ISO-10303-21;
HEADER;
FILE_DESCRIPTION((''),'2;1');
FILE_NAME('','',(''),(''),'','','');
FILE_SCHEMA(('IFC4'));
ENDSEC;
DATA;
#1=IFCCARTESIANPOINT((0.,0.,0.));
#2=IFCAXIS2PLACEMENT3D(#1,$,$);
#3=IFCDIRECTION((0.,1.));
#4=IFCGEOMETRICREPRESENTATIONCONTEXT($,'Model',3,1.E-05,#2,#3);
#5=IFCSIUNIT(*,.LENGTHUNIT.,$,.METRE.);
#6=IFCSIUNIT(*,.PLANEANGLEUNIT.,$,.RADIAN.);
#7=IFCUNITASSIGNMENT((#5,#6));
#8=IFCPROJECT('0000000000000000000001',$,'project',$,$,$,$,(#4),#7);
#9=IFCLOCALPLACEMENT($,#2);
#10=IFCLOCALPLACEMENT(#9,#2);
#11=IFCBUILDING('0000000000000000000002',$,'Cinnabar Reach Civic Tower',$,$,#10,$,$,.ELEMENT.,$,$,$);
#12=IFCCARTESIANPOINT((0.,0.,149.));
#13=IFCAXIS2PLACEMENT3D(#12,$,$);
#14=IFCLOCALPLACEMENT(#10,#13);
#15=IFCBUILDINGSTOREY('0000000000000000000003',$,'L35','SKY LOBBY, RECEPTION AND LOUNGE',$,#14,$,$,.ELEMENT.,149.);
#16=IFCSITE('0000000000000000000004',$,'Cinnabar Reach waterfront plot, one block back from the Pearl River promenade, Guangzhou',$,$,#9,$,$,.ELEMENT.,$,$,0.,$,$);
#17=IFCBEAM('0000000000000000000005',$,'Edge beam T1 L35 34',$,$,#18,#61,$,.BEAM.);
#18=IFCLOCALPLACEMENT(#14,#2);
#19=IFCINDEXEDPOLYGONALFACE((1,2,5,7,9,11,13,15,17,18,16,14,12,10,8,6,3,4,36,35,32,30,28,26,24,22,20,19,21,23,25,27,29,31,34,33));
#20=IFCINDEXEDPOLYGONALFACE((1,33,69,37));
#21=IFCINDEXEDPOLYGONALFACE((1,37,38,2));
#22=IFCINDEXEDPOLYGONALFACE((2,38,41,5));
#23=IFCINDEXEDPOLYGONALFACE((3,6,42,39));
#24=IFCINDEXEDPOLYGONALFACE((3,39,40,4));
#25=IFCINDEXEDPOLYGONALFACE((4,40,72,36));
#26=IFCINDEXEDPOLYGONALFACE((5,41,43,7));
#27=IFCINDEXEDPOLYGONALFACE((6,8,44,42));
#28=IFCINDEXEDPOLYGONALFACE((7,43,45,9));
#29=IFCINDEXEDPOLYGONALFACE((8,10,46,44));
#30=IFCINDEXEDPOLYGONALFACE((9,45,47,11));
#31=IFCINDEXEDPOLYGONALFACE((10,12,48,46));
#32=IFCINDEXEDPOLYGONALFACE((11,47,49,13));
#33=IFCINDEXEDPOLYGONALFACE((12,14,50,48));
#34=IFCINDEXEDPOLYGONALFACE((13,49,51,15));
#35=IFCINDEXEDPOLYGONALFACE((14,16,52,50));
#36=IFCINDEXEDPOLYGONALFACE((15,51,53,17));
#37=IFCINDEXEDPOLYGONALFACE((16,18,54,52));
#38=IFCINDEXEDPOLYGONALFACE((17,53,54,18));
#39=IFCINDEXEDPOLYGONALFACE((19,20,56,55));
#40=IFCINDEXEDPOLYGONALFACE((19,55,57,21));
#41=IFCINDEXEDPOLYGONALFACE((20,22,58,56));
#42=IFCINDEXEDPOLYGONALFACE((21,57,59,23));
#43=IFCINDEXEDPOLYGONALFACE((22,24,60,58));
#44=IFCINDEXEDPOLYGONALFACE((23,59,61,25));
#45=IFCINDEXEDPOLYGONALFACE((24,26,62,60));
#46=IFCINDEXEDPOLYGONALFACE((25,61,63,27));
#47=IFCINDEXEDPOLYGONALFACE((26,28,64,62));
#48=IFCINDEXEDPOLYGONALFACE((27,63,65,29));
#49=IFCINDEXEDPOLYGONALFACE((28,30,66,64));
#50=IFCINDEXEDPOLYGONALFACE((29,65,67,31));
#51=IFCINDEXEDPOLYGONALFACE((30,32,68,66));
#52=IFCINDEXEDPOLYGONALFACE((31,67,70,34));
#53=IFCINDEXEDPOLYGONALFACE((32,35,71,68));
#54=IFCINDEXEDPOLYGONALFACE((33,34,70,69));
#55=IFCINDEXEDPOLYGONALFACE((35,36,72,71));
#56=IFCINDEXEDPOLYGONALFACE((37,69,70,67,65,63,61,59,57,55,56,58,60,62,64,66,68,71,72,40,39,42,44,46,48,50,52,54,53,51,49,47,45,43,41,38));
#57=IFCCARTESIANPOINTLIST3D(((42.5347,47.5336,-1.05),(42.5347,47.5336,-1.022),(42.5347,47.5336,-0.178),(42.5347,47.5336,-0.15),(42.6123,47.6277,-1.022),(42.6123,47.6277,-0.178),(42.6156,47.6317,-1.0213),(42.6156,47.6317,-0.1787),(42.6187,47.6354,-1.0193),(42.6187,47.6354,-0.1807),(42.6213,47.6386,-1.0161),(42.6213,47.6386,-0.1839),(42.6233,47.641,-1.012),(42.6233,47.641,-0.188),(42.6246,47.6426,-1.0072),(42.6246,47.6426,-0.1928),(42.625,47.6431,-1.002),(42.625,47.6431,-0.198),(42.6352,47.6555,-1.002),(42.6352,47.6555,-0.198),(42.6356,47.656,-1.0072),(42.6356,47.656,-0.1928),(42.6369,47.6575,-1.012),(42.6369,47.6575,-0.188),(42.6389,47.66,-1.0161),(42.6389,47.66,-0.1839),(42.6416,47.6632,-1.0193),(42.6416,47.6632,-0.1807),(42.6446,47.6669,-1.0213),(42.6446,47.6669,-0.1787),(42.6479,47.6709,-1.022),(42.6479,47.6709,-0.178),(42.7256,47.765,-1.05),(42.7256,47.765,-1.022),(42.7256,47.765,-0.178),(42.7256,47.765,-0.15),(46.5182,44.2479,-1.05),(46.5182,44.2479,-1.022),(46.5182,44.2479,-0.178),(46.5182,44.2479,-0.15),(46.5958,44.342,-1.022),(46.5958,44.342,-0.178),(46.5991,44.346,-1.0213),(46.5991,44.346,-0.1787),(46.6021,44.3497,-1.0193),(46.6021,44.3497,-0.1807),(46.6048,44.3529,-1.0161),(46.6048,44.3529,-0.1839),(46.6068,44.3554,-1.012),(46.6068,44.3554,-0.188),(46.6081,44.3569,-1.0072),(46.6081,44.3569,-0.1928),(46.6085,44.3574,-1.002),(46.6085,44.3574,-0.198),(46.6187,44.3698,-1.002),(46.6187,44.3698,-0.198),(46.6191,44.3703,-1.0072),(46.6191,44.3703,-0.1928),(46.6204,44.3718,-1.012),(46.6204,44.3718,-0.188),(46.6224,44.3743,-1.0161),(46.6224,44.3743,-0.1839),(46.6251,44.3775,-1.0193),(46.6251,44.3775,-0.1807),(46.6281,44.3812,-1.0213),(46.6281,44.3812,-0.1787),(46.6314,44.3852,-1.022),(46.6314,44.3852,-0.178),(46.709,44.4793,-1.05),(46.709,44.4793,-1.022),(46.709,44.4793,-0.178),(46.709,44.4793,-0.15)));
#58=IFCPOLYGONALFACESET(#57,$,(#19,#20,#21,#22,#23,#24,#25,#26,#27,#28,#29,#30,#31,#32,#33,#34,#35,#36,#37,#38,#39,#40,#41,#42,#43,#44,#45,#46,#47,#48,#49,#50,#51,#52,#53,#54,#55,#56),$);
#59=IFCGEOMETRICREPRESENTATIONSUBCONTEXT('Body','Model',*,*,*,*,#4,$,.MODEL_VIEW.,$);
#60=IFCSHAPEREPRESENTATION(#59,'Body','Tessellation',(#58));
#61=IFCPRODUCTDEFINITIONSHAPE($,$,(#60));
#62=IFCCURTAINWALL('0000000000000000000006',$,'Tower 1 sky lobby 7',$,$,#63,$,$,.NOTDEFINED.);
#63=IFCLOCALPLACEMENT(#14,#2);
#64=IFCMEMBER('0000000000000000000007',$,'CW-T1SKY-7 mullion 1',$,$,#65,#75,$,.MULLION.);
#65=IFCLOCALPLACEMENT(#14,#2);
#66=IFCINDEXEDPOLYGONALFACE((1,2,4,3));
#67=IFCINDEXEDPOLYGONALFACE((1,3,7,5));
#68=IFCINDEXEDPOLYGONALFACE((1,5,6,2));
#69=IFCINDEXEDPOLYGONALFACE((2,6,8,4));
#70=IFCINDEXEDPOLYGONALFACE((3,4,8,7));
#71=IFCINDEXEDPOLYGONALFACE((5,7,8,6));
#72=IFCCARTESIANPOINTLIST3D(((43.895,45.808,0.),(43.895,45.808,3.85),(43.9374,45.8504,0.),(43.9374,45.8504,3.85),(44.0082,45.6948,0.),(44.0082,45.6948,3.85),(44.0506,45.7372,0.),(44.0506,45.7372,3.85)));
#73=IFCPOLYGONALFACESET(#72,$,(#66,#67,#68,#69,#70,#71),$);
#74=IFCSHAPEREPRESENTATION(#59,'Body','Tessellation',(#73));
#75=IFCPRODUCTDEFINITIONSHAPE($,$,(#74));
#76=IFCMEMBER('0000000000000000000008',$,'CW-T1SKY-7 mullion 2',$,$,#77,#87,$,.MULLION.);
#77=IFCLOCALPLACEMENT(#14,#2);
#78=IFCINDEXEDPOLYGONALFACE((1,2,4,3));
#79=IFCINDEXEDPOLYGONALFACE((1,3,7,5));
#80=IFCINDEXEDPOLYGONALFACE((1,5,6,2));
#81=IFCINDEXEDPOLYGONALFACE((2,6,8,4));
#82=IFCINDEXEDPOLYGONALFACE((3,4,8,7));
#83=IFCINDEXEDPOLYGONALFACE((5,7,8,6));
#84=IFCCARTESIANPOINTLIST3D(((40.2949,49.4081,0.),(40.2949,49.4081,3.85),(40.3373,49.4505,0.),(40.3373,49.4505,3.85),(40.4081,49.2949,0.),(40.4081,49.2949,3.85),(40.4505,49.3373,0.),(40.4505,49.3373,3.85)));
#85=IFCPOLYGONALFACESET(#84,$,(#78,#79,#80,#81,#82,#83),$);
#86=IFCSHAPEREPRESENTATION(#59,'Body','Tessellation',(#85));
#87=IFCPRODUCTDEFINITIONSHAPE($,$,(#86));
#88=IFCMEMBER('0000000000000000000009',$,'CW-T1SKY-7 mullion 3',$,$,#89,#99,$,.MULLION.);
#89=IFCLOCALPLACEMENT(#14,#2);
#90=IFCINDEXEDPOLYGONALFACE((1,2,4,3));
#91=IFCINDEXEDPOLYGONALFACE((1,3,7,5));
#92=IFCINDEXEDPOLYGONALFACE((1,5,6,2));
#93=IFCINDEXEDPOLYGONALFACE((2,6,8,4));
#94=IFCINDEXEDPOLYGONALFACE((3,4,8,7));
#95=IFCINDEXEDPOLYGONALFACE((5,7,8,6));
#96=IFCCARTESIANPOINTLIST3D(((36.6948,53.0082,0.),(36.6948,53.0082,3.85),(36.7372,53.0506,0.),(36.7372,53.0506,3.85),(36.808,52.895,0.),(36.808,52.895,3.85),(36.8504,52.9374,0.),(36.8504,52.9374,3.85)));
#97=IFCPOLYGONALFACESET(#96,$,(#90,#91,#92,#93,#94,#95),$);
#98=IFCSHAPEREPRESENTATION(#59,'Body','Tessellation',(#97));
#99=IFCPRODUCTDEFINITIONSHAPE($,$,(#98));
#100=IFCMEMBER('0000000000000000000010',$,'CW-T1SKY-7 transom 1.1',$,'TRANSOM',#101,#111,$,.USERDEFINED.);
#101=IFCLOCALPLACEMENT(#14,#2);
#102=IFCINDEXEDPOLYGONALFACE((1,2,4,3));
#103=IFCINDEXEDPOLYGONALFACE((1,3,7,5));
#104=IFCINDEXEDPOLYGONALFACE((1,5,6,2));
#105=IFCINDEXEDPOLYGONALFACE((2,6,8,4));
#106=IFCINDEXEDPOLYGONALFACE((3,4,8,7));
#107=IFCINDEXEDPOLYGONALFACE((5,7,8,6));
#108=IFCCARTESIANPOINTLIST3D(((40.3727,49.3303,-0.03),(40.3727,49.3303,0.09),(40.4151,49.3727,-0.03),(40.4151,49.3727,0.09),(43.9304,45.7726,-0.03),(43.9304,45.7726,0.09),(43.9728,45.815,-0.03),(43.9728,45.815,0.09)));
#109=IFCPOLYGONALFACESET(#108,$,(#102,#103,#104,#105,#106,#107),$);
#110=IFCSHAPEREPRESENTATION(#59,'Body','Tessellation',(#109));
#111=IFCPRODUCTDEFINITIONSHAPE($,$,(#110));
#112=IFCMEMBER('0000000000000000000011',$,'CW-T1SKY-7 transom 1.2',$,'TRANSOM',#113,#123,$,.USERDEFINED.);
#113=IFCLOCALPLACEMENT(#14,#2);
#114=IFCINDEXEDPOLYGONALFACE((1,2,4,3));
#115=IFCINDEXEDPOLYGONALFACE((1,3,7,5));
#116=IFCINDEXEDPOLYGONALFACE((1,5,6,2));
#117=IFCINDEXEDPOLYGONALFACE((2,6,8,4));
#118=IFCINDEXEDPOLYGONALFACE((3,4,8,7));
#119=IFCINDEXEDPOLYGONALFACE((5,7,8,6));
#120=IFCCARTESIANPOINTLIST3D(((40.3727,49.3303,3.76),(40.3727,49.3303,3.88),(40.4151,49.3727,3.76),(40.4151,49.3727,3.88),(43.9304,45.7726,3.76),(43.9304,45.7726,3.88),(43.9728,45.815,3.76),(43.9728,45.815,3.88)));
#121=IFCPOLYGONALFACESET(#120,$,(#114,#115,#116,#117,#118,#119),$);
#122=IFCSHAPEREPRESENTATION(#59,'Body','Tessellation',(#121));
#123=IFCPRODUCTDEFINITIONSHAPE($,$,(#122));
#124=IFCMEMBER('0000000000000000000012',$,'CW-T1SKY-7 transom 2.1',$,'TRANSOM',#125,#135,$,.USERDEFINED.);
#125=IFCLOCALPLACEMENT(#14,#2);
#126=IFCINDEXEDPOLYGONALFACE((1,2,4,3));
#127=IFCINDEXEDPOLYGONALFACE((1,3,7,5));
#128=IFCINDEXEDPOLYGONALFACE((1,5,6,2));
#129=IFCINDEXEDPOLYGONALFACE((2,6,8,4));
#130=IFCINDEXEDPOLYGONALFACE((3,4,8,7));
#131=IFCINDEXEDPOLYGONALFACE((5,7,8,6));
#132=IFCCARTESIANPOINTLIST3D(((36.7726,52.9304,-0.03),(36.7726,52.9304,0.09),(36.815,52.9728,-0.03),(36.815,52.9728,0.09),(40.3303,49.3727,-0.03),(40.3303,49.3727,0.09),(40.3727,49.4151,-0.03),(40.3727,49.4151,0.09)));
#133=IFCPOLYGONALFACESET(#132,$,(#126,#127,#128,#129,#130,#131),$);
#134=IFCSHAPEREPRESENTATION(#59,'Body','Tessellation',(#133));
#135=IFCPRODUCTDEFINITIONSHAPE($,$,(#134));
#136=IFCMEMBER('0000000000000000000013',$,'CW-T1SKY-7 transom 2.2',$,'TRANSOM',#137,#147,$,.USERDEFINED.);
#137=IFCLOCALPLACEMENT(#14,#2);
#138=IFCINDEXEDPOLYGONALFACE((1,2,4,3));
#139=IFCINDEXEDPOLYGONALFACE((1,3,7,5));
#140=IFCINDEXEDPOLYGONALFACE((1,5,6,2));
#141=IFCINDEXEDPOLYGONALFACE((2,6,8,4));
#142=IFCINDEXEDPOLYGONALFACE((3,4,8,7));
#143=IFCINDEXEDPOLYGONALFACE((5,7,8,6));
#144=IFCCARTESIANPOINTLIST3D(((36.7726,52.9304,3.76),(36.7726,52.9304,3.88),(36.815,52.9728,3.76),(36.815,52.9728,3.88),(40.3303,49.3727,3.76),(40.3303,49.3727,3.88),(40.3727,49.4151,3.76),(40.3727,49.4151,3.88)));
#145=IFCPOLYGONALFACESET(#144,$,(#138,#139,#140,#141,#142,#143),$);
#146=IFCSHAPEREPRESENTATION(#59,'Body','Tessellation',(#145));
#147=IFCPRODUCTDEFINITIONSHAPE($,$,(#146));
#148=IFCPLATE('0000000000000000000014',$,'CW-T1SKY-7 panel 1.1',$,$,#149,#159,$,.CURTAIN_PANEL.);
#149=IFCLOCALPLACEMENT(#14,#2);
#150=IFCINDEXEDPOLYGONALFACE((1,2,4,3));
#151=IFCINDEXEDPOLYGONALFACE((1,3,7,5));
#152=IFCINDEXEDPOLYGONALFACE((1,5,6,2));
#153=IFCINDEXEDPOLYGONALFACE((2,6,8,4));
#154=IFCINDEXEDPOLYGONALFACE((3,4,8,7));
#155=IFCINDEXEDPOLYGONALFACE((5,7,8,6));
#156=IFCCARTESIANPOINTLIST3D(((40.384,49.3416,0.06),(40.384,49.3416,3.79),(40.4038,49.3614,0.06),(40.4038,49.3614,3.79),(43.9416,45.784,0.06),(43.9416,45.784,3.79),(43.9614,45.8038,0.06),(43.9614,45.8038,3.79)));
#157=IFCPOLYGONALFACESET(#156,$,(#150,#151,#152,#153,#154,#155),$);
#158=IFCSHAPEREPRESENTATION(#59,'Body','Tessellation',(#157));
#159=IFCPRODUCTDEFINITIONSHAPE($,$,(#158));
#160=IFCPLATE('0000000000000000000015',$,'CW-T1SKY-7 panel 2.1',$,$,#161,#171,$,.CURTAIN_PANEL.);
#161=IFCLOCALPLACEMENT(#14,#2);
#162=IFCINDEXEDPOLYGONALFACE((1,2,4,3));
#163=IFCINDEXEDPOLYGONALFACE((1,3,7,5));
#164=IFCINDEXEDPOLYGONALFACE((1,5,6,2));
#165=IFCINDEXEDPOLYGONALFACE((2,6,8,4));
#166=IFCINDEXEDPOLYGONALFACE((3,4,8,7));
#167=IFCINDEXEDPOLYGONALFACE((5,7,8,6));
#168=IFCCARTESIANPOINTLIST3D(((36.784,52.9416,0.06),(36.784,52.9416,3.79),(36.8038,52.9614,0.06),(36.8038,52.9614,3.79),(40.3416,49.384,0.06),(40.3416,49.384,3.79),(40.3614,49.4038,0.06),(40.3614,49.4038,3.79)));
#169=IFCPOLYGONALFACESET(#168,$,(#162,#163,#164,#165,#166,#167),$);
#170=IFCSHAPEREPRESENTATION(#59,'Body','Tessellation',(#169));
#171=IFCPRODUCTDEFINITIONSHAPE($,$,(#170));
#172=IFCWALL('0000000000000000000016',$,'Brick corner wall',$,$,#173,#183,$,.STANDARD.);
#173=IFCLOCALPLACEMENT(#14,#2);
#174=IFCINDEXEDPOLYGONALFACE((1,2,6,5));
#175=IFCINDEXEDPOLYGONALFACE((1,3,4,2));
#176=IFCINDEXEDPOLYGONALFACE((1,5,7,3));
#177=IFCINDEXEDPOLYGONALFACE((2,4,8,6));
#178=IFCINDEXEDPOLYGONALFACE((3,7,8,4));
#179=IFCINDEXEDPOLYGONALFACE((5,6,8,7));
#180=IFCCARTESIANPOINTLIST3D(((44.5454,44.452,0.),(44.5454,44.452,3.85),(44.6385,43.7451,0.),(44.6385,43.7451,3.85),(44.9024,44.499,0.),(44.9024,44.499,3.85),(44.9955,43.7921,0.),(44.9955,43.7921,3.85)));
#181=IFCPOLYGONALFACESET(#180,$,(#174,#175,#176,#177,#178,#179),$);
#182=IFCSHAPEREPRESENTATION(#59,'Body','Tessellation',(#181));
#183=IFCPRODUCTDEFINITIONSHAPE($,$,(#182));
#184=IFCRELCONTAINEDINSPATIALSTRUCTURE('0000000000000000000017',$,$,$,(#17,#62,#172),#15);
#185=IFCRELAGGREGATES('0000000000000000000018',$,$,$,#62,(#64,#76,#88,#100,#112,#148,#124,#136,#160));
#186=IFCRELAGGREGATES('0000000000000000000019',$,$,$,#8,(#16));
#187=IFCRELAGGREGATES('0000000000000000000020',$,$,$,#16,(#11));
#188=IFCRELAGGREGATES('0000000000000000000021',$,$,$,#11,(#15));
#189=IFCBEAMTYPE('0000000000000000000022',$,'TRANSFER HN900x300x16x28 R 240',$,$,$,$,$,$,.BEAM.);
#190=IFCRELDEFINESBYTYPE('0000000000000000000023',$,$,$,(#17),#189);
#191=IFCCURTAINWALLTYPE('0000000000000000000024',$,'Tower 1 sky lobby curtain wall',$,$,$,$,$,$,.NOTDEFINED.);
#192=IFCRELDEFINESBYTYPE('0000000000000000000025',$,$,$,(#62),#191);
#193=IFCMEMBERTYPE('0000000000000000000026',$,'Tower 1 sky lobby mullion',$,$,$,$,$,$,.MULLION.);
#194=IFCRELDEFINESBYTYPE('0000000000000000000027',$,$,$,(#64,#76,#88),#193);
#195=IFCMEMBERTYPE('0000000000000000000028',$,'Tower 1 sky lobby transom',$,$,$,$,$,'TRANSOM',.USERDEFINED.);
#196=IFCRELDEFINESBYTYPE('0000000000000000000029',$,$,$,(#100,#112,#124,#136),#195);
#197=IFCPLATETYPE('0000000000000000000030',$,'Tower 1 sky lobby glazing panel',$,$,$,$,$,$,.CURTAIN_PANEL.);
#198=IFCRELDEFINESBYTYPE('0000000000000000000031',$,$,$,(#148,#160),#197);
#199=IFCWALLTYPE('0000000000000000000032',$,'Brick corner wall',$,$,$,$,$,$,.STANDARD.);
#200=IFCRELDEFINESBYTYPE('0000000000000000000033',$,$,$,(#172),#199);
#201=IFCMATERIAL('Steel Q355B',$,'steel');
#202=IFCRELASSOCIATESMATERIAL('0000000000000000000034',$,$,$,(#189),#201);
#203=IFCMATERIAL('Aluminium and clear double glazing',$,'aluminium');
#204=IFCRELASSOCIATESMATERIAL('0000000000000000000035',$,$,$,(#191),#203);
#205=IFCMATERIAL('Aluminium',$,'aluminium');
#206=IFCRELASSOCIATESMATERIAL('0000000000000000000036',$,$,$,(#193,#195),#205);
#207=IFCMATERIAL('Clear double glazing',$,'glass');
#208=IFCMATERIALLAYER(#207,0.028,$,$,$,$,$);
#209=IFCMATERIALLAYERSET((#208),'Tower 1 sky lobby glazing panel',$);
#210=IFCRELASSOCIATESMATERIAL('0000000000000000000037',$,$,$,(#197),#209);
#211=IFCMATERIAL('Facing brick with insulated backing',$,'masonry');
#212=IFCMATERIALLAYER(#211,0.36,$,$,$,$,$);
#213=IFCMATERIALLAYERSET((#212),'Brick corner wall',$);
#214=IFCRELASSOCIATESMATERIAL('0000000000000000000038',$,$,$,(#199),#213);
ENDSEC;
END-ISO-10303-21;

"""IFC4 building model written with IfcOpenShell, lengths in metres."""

from ifc_helpers import new_model, si_unit, direction, frame, frame_2d, origin, origin_2d, place, context, subcontext, project, spatial, rectangle, i_section, extrude, material, layer, layer_set, material_profile, profile_set, type_object, element, aggregate, save


model = new_model("IFC4")

# Units and contexts
model_context = context("Model", 3, precision=1e-05, world=origin(), true_north=direction((0.0, 1.0)))
body_context = subcontext(model_context, "Body", "Model", "MODEL_VIEW")
ifc_project = project(units=[si_unit("LENGTHUNIT", "METRE"), si_unit("PLANEANGLEUNIT", "RADIAN")], contexts=[model_context])

# Site, building, storey
site_placement = place(None, origin())
site = spatial("IfcSite", under=ifc_project, at=site_placement, Name="Cinnabar Reach waterfront plot, one block back from the Pearl River promenade, Guangzhou", CompositionType="ELEMENT", RefElevation=0.0)
building_placement = place(site_placement, origin())
building = spatial("IfcBuilding", under=site, at=building_placement, Name="Cinnabar Reach Civic Tower", CompositionType="ELEMENT")
storey_placement = place(building_placement, frame((0.0, 0.0, 149.0)))
storey = spatial("IfcBuildingStorey", under=building, at=storey_placement, Name="L35", Description="SKY LOBBY, RECEPTION AND LOUNGE", CompositionType="ELEMENT", Elevation=149.0)

# Beam
ifc_material_1 = material(Name="Steel Q355B", Category="steel")
ifc_material_profile_1 = material_profile(ifc_material_1, i_section(OverallWidth=0.3, OverallDepth=0.9, WebThickness=0.016, FlangeThickness=0.028, FilletRadius=0.02, at=origin_2d()), Name="HN900x300x16x28")
ifc_profile_set_1 = profile_set([ifc_material_profile_1], Name="Steel Q355B")
beam_type_1 = type_object("IfcBeamType", Name="TRANSFER HN900x300x16x28 R 240", PredefinedType="BEAM", material=ifc_profile_set_1)
beam_1_placement = place(storey_placement, frame((46.6136, 44.3636, -0.6), z_axis=(-0.771439, 0.636304, 0.0), x_axis=(-0.636304, -0.771439, 0.0)))
element("IfcBeam", 1, at=beam_1_placement, inside=storey, type_object=beam_type_1, Name="Edge beam T1 L35 34", PredefinedType="BEAM", context=body_context, shape_type="SweptSolid", body=[
    extrude(i_section(OverallWidth=0.3, OverallDepth=0.9, WebThickness=0.016, FlangeThickness=0.028, FilletRadius=0.02, at=origin_2d()), origin(), (0.0, 0.0, 1.0), 5.1637),
])

# Curtain wall, members, plates
ifc_material_2 = material(Name="Aluminium and clear double glazing", Category="aluminium")
curtain_wall_type = type_object("IfcCurtainWallType", Name="Tower 1 sky lobby curtain wall", PredefinedType="NOTDEFINED", material=ifc_material_2)
curtain_wall_placement = place(storey_placement, origin())
curtain_wall = element("IfcCurtainWall", 2, at=curtain_wall_placement, inside=storey, type_object=curtain_wall_type, Name="Tower 1 sky lobby 7", PredefinedType="NOTDEFINED")
ifc_material_3 = material(Name="Aluminium", Category="aluminium")
ifc_material_profile_2 = material_profile(ifc_material_3, rectangle(XDim=0.06, YDim=0.16, at=origin_2d()), Name="Tower 1 sky lobby mullion")
ifc_profile_set_2 = profile_set([ifc_material_profile_2], Name="Aluminium")
member_type_1 = type_object("IfcMemberType", Name="Tower 1 sky lobby mullion", PredefinedType="MULLION", material=ifc_profile_set_2)
member_1_placement = place(storey_placement, frame((43.9728, 45.7726, 0.0), z_axis=(0.0, 0.0, 1.0), x_axis=(-0.707107, -0.707107, 0.0)))
member_1 = element("IfcMember", 3, at=member_1_placement, type_object=member_type_1, Name="CW-T1SKY-7 mullion 1", PredefinedType="MULLION", context=body_context, shape_type="SweptSolid", body=[
    extrude(rectangle(XDim=0.06, YDim=0.16, at=origin_2d()), origin(), (0.0, 0.0, 1.0), 3.85),
])
member_2_placement = place(storey_placement, frame((40.3727, 49.3727, 0.0), z_axis=(0.0, 0.0, 1.0), x_axis=(-0.707107, -0.707107, 0.0)))
member_2 = element("IfcMember", 4, at=member_2_placement, type_object=member_type_1, Name="CW-T1SKY-7 mullion 2", PredefinedType="MULLION", context=body_context, shape_type="SweptSolid", body=[
    extrude(rectangle(XDim=0.06, YDim=0.16, at=origin_2d()), origin(), (0.0, 0.0, 1.0), 3.85),
])
member_3_placement = place(storey_placement, frame((36.7726, 52.9728, 0.0), z_axis=(0.0, 0.0, 1.0), x_axis=(-0.707107, -0.707107, 0.0)))
member_3 = element("IfcMember", 5, at=member_3_placement, type_object=member_type_1, Name="CW-T1SKY-7 mullion 3", PredefinedType="MULLION", context=body_context, shape_type="SweptSolid", body=[
    extrude(rectangle(XDim=0.06, YDim=0.16, at=origin_2d()), origin(), (0.0, 0.0, 1.0), 3.85),
])
ifc_material_profile_3 = material_profile(ifc_material_3, rectangle(XDim=0.06, YDim=0.12, at=origin_2d()), Name="Tower 1 sky lobby transom")
ifc_profile_set_3 = profile_set([ifc_material_profile_3], Name="Aluminium")
member_type_2 = type_object("IfcMemberType", Name="Tower 1 sky lobby transom", ElementType="TRANSOM", PredefinedType="USERDEFINED", material=ifc_profile_set_3)
member_4_placement = place(storey_placement, frame((43.9516, 45.7938, 0.03), z_axis=(-0.707107, 0.707107, 0.0), x_axis=(-0.707107, -0.707107, 0.0)))
member_4 = element("IfcMember", 6, at=member_4_placement, type_object=member_type_2, Name="CW-T1SKY-7 transom 1.1", ObjectType="TRANSOM", PredefinedType="USERDEFINED", context=body_context, shape_type="SweptSolid", body=[
    extrude(rectangle(XDim=0.06, YDim=0.12, at=origin_2d()), origin(), (0.0, 0.0, 1.0), 5.0313),
])
member_5_placement = place(storey_placement, frame((43.9516, 45.7938, 3.82), z_axis=(-0.707107, 0.707107, 0.0), x_axis=(-0.707107, -0.707107, 0.0)))
member_5 = element("IfcMember", 7, at=member_5_placement, type_object=member_type_2, Name="CW-T1SKY-7 transom 1.2", ObjectType="TRANSOM", PredefinedType="USERDEFINED", context=body_context, shape_type="SweptSolid", body=[
    extrude(rectangle(XDim=0.06, YDim=0.12, at=origin_2d()), origin(), (0.0, 0.0, 1.0), 5.0313),
])
member_6_placement = place(storey_placement, frame((40.3515, 49.3939, 0.03), z_axis=(-0.707107, 0.707107, 0.0), x_axis=(-0.707107, -0.707107, 0.0)))
member_6 = element("IfcMember", 8, at=member_6_placement, type_object=member_type_2, Name="CW-T1SKY-7 transom 2.1", ObjectType="TRANSOM", PredefinedType="USERDEFINED", context=body_context, shape_type="SweptSolid", body=[
    extrude(rectangle(XDim=0.06, YDim=0.12, at=origin_2d()), origin(), (0.0, 0.0, 1.0), 5.0313),
])
member_7_placement = place(storey_placement, frame((40.3515, 49.3939, 3.82), z_axis=(-0.707107, 0.707107, 0.0), x_axis=(-0.707107, -0.707107, 0.0)))
member_7 = element("IfcMember", 9, at=member_7_placement, type_object=member_type_2, Name="CW-T1SKY-7 transom 2.2", ObjectType="TRANSOM", PredefinedType="USERDEFINED", context=body_context, shape_type="SweptSolid", body=[
    extrude(rectangle(XDim=0.06, YDim=0.12, at=origin_2d()), origin(), (0.0, 0.0, 1.0), 5.0313),
])
ifc_material_4 = material(Name="Clear double glazing", Category="glass")
ifc_layer_1 = layer(ifc_material_4, 0.028)
ifc_layer_set_1 = layer_set([ifc_layer_1], Name="Tower 1 sky lobby glazing panel")
plate_type = type_object("IfcPlateType", Name="Tower 1 sky lobby glazing panel", PredefinedType="CURTAIN_PANEL", material=ifc_layer_set_1)
plate_1_placement = place(storey_placement, frame((42.1727, 47.5727, 0.06), z_axis=(0.0, 0.0, 1.0), x_axis=(-0.707107, 0.707107, 0.0)))
plate_1 = element("IfcPlate", 10, at=plate_1_placement, type_object=plate_type, Name="CW-T1SKY-7 panel 1.1", PredefinedType="CURTAIN_PANEL", context=body_context, shape_type="SweptSolid", body=[
    extrude(rectangle(XDim=5.0313, YDim=0.028, at=origin_2d()), origin(), (0.0, 0.0, 1.0), 3.73),
])
plate_2_placement = place(storey_placement, frame((38.5727, 51.1727, 0.06), z_axis=(0.0, 0.0, 1.0), x_axis=(-0.707107, 0.707107, 0.0)))
plate_2 = element("IfcPlate", 11, at=plate_2_placement, type_object=plate_type, Name="CW-T1SKY-7 panel 2.1", PredefinedType="CURTAIN_PANEL", context=body_context, shape_type="SweptSolid", body=[
    extrude(rectangle(XDim=5.0313, YDim=0.028, at=origin_2d()), origin(), (0.0, 0.0, 1.0), 3.73),
])
aggregate(curtain_wall, [member_1, member_2, member_3, member_4, member_5, plate_1, member_6, member_7, plate_2])

# Wall
ifc_material_5 = material(Name="Facing brick with insulated backing", Category="masonry")
ifc_layer_2 = layer(ifc_material_5, 0.36)
ifc_layer_set_2 = layer_set([ifc_layer_2], Name="Brick corner wall")
wall_type = type_object("IfcWallType", Name="Brick corner wall", PredefinedType="STANDARD", material=ifc_layer_set_2)
for number, where, z_axis, x_axis, name in (
    (12, (44.817, 43.7686, 0.0), (0.0, 0.0, 1.0), (-0.130556, 0.991441, 0.0), "Brick corner wall"),
):
    element("IfcWall", number, at=place(storey_placement, frame(where, z_axis=z_axis, x_axis=x_axis)), inside=storey, type_object=wall_type, Name=name, PredefinedType="STANDARD", context=body_context, shape_type="SweptSolid", body=[
        extrude(rectangle(XDim=0.7131, YDim=0.36, at=frame_2d((0.3565, 0.0))), origin(), (0.0, 0.0, 1.0), 3.85),
    ])

save(model, "model.ifc")
